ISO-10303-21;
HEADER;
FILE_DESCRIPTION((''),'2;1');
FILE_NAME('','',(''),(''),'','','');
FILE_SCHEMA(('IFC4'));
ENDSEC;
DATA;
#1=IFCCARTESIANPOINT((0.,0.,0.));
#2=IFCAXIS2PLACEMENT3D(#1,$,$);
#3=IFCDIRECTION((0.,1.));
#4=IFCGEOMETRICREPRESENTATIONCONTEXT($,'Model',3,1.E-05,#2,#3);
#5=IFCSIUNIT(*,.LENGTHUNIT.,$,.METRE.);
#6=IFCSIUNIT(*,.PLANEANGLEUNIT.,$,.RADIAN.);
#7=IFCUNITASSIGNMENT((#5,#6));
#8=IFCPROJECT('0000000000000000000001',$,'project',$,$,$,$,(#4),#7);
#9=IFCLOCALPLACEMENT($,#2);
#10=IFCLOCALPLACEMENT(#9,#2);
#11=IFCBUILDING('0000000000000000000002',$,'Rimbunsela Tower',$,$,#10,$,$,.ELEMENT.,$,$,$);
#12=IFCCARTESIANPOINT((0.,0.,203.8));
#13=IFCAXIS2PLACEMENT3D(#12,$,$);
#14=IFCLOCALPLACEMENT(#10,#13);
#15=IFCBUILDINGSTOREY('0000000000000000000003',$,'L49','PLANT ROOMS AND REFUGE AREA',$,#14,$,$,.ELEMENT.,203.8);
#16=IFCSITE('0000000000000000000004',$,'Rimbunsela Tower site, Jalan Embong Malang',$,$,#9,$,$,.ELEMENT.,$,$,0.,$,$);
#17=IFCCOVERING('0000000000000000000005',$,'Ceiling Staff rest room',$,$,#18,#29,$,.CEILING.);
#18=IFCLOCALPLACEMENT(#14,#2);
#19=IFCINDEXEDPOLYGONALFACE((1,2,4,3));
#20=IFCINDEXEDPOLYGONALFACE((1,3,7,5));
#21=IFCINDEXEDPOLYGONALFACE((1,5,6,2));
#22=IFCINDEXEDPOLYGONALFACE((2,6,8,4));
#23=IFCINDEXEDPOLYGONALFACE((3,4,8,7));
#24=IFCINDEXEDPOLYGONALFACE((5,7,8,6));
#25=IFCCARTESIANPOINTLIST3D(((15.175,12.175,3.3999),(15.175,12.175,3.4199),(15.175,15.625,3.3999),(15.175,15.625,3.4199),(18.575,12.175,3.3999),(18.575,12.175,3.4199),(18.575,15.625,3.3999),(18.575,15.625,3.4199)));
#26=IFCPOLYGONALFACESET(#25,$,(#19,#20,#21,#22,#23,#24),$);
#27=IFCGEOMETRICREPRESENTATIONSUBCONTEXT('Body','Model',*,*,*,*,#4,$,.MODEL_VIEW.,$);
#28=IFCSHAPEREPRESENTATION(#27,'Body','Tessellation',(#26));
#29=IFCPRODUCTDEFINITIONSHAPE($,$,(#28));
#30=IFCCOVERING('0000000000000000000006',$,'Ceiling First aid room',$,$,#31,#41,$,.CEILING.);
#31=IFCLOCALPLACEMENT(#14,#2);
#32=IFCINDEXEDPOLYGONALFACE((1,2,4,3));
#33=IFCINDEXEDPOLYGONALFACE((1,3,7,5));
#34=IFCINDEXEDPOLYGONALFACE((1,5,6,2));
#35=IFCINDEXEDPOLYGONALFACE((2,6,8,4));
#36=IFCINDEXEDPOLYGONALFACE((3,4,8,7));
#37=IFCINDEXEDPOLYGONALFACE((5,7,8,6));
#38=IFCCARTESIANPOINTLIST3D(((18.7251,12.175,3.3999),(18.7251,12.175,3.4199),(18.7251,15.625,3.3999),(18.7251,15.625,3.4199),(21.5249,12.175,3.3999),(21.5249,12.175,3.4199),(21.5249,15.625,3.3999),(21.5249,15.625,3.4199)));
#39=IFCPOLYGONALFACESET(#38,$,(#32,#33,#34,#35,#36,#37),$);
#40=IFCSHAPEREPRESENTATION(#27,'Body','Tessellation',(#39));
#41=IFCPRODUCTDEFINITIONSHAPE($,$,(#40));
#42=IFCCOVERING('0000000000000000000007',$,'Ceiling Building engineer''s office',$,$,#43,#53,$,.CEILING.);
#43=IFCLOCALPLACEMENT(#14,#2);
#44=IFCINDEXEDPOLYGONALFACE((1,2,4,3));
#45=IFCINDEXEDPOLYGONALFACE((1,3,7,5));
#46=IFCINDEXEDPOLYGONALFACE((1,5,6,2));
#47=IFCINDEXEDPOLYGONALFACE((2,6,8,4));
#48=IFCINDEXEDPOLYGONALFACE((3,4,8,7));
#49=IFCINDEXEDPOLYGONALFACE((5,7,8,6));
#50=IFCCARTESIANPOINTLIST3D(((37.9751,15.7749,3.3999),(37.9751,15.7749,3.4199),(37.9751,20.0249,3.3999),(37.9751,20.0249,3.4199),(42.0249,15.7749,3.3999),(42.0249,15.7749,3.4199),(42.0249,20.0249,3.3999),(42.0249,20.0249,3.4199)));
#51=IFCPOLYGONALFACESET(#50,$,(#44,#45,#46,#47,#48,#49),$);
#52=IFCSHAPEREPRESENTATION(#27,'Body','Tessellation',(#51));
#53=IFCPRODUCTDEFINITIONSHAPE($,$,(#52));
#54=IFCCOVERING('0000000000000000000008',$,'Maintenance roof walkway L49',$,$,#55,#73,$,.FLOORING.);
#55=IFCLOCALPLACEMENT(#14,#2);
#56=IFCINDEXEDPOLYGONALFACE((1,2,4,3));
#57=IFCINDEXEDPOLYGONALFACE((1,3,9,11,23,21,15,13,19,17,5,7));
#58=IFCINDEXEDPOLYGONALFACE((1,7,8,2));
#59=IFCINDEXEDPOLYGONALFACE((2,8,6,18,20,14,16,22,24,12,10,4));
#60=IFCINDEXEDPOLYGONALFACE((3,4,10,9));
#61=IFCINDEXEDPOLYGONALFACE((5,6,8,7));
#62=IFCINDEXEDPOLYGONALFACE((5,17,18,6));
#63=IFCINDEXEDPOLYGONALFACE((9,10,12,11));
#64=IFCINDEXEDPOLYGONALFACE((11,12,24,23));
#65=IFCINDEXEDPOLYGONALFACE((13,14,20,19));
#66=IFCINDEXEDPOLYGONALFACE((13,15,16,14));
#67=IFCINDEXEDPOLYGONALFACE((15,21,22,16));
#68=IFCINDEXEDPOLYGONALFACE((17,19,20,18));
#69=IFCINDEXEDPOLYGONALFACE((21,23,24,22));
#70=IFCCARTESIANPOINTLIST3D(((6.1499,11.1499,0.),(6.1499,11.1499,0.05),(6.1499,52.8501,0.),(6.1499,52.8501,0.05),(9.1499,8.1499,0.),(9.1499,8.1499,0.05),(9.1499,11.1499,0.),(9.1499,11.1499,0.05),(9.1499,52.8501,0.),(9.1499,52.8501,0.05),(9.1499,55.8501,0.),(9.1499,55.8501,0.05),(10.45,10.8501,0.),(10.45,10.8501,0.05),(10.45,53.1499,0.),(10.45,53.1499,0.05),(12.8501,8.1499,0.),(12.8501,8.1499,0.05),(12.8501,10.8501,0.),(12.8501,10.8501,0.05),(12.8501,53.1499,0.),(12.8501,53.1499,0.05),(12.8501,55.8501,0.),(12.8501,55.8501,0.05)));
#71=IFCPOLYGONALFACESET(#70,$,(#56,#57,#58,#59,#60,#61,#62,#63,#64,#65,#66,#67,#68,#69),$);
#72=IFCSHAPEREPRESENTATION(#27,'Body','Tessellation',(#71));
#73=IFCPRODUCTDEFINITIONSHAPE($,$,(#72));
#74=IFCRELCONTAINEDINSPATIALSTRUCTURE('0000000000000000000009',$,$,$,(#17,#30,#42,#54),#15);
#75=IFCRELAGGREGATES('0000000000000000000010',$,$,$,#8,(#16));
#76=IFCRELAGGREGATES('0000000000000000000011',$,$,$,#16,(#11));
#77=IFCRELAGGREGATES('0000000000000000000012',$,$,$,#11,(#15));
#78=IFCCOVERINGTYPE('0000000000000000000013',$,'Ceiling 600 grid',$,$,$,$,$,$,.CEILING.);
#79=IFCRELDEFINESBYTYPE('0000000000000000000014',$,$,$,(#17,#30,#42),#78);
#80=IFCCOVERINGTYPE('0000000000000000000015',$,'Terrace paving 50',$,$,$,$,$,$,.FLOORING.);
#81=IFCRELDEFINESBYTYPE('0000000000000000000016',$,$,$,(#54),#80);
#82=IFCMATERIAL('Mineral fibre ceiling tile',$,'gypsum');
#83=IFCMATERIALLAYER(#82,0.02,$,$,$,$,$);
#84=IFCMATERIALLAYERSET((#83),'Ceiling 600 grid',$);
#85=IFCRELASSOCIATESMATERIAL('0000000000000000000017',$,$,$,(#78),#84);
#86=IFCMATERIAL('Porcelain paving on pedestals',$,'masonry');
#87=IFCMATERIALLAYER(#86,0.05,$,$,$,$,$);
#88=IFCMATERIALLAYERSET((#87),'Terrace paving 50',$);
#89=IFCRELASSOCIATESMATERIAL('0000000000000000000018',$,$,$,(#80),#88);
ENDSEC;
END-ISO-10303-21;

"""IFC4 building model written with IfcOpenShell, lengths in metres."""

from ifc_helpers import new_model, si_unit, direction, frame, origin, place, context, subcontext, project, spatial, polyline, outline, extrude, material, layer, layer_set, type_object, element, save


model = new_model("IFC4")

# Units and contexts
model_context = context("Model", 3, precision=1e-05, world=origin(), true_north=direction((0.0, 1.0)))
body_context = subcontext(model_context, "Body", "Model", "MODEL_VIEW")
ifc_project = project(units=[si_unit("LENGTHUNIT", "METRE"), si_unit("PLANEANGLEUNIT", "RADIAN")], contexts=[model_context])

# Site, building, storey
site_placement = place(None, origin())
site = spatial("IfcSite", under=ifc_project, at=site_placement, Name="Rimbunsela Tower site, Jalan Embong Malang", CompositionType="ELEMENT", RefElevation=0.0)
building_placement = place(site_placement, origin())
building = spatial("IfcBuilding", under=site, at=building_placement, Name="Rimbunsela Tower", CompositionType="ELEMENT")
storey_placement = place(building_placement, frame((0.0, 0.0, 203.8)))
storey = spatial("IfcBuildingStorey", under=building, at=storey_placement, Name="L49", Description="PLANT ROOMS AND REFUGE AREA", CompositionType="ELEMENT", Elevation=203.8)

# Coverings
ifc_material_1 = material(Name="Mineral fibre ceiling tile", Category="gypsum")
ifc_layer_1 = layer(ifc_material_1, 0.02)
ifc_layer_set_1 = layer_set([ifc_layer_1], Name="Ceiling 600 grid")
covering_type_1 = type_object("IfcCoveringType", Name="Ceiling 600 grid", PredefinedType="CEILING", material=ifc_layer_set_1)
covering_1_placement = place(storey_placement, frame((0.0, 0.0, 3.3999)))
element("IfcCovering", 1, at=covering_1_placement, inside=storey, type_object=covering_type_1, Name="Ceiling Staff rest room", PredefinedType="CEILING", context=body_context, shape_type="SweptSolid", body=[
    extrude(outline(polyline([(18.575, 12.175), (18.575, 15.625), (15.175, 15.625), (15.175, 12.175), (18.575, 12.175)])), origin(), (0.0, 0.0, 1.0), 0.02),
])
covering_2_placement = place(storey_placement, frame((0.0, 0.0, 3.3999)))
element("IfcCovering", 2, at=covering_2_placement, inside=storey, type_object=covering_type_1, Name="Ceiling First aid room", PredefinedType="CEILING", context=body_context, shape_type="SweptSolid", body=[
    extrude(outline(polyline([(21.5249, 12.175), (21.5249, 15.625), (18.7251, 15.625), (18.7251, 12.175), (21.5249, 12.175)])), origin(), (0.0, 0.0, 1.0), 0.02),
])
covering_3_placement = place(storey_placement, frame((0.0, 0.0, 3.3999)))
element("IfcCovering", 3, at=covering_3_placement, inside=storey, type_object=covering_type_1, Name="Ceiling Building engineer's office", PredefinedType="CEILING", context=body_context, shape_type="SweptSolid", body=[
    extrude(outline(polyline([(42.0249, 15.7749), (42.0249, 20.0249), (37.9751, 20.0249), (37.9751, 15.7749), (42.0249, 15.7749)])), origin(), (0.0, 0.0, 1.0), 0.02),
])

# Covering
ifc_material_2 = material(Name="Porcelain paving on pedestals", Category="masonry")
ifc_layer_2 = layer(ifc_material_2, 0.05)
ifc_layer_set_2 = layer_set([ifc_layer_2], Name="Terrace paving 50")
covering_type_2 = type_object("IfcCoveringType", Name="Terrace paving 50", PredefinedType="FLOORING", material=ifc_layer_set_2)
covering_4_placement = place(storey_placement, origin())
element("IfcCovering", 4, at=covering_4_placement, inside=storey, type_object=covering_type_2, Name="Maintenance roof walkway L49", PredefinedType="FLOORING", context=body_context, shape_type="SweptSolid", body=[
    extrude(outline(polyline([(9.1499, 8.1499), (9.1499, 11.1499), (6.1499, 11.1499), (6.1499, 52.8501), (9.1499, 52.8501), (9.1499, 55.8501), (12.8501, 55.8501), (12.8501, 53.1499), (10.45, 53.1499), (10.45, 10.8501), (12.8501, 10.8501), (12.8501, 8.1499), (9.1499, 8.1499)])), origin(), (0.0, 0.0, 1.0), 0.05),
])

save(model, "model.ifc")
